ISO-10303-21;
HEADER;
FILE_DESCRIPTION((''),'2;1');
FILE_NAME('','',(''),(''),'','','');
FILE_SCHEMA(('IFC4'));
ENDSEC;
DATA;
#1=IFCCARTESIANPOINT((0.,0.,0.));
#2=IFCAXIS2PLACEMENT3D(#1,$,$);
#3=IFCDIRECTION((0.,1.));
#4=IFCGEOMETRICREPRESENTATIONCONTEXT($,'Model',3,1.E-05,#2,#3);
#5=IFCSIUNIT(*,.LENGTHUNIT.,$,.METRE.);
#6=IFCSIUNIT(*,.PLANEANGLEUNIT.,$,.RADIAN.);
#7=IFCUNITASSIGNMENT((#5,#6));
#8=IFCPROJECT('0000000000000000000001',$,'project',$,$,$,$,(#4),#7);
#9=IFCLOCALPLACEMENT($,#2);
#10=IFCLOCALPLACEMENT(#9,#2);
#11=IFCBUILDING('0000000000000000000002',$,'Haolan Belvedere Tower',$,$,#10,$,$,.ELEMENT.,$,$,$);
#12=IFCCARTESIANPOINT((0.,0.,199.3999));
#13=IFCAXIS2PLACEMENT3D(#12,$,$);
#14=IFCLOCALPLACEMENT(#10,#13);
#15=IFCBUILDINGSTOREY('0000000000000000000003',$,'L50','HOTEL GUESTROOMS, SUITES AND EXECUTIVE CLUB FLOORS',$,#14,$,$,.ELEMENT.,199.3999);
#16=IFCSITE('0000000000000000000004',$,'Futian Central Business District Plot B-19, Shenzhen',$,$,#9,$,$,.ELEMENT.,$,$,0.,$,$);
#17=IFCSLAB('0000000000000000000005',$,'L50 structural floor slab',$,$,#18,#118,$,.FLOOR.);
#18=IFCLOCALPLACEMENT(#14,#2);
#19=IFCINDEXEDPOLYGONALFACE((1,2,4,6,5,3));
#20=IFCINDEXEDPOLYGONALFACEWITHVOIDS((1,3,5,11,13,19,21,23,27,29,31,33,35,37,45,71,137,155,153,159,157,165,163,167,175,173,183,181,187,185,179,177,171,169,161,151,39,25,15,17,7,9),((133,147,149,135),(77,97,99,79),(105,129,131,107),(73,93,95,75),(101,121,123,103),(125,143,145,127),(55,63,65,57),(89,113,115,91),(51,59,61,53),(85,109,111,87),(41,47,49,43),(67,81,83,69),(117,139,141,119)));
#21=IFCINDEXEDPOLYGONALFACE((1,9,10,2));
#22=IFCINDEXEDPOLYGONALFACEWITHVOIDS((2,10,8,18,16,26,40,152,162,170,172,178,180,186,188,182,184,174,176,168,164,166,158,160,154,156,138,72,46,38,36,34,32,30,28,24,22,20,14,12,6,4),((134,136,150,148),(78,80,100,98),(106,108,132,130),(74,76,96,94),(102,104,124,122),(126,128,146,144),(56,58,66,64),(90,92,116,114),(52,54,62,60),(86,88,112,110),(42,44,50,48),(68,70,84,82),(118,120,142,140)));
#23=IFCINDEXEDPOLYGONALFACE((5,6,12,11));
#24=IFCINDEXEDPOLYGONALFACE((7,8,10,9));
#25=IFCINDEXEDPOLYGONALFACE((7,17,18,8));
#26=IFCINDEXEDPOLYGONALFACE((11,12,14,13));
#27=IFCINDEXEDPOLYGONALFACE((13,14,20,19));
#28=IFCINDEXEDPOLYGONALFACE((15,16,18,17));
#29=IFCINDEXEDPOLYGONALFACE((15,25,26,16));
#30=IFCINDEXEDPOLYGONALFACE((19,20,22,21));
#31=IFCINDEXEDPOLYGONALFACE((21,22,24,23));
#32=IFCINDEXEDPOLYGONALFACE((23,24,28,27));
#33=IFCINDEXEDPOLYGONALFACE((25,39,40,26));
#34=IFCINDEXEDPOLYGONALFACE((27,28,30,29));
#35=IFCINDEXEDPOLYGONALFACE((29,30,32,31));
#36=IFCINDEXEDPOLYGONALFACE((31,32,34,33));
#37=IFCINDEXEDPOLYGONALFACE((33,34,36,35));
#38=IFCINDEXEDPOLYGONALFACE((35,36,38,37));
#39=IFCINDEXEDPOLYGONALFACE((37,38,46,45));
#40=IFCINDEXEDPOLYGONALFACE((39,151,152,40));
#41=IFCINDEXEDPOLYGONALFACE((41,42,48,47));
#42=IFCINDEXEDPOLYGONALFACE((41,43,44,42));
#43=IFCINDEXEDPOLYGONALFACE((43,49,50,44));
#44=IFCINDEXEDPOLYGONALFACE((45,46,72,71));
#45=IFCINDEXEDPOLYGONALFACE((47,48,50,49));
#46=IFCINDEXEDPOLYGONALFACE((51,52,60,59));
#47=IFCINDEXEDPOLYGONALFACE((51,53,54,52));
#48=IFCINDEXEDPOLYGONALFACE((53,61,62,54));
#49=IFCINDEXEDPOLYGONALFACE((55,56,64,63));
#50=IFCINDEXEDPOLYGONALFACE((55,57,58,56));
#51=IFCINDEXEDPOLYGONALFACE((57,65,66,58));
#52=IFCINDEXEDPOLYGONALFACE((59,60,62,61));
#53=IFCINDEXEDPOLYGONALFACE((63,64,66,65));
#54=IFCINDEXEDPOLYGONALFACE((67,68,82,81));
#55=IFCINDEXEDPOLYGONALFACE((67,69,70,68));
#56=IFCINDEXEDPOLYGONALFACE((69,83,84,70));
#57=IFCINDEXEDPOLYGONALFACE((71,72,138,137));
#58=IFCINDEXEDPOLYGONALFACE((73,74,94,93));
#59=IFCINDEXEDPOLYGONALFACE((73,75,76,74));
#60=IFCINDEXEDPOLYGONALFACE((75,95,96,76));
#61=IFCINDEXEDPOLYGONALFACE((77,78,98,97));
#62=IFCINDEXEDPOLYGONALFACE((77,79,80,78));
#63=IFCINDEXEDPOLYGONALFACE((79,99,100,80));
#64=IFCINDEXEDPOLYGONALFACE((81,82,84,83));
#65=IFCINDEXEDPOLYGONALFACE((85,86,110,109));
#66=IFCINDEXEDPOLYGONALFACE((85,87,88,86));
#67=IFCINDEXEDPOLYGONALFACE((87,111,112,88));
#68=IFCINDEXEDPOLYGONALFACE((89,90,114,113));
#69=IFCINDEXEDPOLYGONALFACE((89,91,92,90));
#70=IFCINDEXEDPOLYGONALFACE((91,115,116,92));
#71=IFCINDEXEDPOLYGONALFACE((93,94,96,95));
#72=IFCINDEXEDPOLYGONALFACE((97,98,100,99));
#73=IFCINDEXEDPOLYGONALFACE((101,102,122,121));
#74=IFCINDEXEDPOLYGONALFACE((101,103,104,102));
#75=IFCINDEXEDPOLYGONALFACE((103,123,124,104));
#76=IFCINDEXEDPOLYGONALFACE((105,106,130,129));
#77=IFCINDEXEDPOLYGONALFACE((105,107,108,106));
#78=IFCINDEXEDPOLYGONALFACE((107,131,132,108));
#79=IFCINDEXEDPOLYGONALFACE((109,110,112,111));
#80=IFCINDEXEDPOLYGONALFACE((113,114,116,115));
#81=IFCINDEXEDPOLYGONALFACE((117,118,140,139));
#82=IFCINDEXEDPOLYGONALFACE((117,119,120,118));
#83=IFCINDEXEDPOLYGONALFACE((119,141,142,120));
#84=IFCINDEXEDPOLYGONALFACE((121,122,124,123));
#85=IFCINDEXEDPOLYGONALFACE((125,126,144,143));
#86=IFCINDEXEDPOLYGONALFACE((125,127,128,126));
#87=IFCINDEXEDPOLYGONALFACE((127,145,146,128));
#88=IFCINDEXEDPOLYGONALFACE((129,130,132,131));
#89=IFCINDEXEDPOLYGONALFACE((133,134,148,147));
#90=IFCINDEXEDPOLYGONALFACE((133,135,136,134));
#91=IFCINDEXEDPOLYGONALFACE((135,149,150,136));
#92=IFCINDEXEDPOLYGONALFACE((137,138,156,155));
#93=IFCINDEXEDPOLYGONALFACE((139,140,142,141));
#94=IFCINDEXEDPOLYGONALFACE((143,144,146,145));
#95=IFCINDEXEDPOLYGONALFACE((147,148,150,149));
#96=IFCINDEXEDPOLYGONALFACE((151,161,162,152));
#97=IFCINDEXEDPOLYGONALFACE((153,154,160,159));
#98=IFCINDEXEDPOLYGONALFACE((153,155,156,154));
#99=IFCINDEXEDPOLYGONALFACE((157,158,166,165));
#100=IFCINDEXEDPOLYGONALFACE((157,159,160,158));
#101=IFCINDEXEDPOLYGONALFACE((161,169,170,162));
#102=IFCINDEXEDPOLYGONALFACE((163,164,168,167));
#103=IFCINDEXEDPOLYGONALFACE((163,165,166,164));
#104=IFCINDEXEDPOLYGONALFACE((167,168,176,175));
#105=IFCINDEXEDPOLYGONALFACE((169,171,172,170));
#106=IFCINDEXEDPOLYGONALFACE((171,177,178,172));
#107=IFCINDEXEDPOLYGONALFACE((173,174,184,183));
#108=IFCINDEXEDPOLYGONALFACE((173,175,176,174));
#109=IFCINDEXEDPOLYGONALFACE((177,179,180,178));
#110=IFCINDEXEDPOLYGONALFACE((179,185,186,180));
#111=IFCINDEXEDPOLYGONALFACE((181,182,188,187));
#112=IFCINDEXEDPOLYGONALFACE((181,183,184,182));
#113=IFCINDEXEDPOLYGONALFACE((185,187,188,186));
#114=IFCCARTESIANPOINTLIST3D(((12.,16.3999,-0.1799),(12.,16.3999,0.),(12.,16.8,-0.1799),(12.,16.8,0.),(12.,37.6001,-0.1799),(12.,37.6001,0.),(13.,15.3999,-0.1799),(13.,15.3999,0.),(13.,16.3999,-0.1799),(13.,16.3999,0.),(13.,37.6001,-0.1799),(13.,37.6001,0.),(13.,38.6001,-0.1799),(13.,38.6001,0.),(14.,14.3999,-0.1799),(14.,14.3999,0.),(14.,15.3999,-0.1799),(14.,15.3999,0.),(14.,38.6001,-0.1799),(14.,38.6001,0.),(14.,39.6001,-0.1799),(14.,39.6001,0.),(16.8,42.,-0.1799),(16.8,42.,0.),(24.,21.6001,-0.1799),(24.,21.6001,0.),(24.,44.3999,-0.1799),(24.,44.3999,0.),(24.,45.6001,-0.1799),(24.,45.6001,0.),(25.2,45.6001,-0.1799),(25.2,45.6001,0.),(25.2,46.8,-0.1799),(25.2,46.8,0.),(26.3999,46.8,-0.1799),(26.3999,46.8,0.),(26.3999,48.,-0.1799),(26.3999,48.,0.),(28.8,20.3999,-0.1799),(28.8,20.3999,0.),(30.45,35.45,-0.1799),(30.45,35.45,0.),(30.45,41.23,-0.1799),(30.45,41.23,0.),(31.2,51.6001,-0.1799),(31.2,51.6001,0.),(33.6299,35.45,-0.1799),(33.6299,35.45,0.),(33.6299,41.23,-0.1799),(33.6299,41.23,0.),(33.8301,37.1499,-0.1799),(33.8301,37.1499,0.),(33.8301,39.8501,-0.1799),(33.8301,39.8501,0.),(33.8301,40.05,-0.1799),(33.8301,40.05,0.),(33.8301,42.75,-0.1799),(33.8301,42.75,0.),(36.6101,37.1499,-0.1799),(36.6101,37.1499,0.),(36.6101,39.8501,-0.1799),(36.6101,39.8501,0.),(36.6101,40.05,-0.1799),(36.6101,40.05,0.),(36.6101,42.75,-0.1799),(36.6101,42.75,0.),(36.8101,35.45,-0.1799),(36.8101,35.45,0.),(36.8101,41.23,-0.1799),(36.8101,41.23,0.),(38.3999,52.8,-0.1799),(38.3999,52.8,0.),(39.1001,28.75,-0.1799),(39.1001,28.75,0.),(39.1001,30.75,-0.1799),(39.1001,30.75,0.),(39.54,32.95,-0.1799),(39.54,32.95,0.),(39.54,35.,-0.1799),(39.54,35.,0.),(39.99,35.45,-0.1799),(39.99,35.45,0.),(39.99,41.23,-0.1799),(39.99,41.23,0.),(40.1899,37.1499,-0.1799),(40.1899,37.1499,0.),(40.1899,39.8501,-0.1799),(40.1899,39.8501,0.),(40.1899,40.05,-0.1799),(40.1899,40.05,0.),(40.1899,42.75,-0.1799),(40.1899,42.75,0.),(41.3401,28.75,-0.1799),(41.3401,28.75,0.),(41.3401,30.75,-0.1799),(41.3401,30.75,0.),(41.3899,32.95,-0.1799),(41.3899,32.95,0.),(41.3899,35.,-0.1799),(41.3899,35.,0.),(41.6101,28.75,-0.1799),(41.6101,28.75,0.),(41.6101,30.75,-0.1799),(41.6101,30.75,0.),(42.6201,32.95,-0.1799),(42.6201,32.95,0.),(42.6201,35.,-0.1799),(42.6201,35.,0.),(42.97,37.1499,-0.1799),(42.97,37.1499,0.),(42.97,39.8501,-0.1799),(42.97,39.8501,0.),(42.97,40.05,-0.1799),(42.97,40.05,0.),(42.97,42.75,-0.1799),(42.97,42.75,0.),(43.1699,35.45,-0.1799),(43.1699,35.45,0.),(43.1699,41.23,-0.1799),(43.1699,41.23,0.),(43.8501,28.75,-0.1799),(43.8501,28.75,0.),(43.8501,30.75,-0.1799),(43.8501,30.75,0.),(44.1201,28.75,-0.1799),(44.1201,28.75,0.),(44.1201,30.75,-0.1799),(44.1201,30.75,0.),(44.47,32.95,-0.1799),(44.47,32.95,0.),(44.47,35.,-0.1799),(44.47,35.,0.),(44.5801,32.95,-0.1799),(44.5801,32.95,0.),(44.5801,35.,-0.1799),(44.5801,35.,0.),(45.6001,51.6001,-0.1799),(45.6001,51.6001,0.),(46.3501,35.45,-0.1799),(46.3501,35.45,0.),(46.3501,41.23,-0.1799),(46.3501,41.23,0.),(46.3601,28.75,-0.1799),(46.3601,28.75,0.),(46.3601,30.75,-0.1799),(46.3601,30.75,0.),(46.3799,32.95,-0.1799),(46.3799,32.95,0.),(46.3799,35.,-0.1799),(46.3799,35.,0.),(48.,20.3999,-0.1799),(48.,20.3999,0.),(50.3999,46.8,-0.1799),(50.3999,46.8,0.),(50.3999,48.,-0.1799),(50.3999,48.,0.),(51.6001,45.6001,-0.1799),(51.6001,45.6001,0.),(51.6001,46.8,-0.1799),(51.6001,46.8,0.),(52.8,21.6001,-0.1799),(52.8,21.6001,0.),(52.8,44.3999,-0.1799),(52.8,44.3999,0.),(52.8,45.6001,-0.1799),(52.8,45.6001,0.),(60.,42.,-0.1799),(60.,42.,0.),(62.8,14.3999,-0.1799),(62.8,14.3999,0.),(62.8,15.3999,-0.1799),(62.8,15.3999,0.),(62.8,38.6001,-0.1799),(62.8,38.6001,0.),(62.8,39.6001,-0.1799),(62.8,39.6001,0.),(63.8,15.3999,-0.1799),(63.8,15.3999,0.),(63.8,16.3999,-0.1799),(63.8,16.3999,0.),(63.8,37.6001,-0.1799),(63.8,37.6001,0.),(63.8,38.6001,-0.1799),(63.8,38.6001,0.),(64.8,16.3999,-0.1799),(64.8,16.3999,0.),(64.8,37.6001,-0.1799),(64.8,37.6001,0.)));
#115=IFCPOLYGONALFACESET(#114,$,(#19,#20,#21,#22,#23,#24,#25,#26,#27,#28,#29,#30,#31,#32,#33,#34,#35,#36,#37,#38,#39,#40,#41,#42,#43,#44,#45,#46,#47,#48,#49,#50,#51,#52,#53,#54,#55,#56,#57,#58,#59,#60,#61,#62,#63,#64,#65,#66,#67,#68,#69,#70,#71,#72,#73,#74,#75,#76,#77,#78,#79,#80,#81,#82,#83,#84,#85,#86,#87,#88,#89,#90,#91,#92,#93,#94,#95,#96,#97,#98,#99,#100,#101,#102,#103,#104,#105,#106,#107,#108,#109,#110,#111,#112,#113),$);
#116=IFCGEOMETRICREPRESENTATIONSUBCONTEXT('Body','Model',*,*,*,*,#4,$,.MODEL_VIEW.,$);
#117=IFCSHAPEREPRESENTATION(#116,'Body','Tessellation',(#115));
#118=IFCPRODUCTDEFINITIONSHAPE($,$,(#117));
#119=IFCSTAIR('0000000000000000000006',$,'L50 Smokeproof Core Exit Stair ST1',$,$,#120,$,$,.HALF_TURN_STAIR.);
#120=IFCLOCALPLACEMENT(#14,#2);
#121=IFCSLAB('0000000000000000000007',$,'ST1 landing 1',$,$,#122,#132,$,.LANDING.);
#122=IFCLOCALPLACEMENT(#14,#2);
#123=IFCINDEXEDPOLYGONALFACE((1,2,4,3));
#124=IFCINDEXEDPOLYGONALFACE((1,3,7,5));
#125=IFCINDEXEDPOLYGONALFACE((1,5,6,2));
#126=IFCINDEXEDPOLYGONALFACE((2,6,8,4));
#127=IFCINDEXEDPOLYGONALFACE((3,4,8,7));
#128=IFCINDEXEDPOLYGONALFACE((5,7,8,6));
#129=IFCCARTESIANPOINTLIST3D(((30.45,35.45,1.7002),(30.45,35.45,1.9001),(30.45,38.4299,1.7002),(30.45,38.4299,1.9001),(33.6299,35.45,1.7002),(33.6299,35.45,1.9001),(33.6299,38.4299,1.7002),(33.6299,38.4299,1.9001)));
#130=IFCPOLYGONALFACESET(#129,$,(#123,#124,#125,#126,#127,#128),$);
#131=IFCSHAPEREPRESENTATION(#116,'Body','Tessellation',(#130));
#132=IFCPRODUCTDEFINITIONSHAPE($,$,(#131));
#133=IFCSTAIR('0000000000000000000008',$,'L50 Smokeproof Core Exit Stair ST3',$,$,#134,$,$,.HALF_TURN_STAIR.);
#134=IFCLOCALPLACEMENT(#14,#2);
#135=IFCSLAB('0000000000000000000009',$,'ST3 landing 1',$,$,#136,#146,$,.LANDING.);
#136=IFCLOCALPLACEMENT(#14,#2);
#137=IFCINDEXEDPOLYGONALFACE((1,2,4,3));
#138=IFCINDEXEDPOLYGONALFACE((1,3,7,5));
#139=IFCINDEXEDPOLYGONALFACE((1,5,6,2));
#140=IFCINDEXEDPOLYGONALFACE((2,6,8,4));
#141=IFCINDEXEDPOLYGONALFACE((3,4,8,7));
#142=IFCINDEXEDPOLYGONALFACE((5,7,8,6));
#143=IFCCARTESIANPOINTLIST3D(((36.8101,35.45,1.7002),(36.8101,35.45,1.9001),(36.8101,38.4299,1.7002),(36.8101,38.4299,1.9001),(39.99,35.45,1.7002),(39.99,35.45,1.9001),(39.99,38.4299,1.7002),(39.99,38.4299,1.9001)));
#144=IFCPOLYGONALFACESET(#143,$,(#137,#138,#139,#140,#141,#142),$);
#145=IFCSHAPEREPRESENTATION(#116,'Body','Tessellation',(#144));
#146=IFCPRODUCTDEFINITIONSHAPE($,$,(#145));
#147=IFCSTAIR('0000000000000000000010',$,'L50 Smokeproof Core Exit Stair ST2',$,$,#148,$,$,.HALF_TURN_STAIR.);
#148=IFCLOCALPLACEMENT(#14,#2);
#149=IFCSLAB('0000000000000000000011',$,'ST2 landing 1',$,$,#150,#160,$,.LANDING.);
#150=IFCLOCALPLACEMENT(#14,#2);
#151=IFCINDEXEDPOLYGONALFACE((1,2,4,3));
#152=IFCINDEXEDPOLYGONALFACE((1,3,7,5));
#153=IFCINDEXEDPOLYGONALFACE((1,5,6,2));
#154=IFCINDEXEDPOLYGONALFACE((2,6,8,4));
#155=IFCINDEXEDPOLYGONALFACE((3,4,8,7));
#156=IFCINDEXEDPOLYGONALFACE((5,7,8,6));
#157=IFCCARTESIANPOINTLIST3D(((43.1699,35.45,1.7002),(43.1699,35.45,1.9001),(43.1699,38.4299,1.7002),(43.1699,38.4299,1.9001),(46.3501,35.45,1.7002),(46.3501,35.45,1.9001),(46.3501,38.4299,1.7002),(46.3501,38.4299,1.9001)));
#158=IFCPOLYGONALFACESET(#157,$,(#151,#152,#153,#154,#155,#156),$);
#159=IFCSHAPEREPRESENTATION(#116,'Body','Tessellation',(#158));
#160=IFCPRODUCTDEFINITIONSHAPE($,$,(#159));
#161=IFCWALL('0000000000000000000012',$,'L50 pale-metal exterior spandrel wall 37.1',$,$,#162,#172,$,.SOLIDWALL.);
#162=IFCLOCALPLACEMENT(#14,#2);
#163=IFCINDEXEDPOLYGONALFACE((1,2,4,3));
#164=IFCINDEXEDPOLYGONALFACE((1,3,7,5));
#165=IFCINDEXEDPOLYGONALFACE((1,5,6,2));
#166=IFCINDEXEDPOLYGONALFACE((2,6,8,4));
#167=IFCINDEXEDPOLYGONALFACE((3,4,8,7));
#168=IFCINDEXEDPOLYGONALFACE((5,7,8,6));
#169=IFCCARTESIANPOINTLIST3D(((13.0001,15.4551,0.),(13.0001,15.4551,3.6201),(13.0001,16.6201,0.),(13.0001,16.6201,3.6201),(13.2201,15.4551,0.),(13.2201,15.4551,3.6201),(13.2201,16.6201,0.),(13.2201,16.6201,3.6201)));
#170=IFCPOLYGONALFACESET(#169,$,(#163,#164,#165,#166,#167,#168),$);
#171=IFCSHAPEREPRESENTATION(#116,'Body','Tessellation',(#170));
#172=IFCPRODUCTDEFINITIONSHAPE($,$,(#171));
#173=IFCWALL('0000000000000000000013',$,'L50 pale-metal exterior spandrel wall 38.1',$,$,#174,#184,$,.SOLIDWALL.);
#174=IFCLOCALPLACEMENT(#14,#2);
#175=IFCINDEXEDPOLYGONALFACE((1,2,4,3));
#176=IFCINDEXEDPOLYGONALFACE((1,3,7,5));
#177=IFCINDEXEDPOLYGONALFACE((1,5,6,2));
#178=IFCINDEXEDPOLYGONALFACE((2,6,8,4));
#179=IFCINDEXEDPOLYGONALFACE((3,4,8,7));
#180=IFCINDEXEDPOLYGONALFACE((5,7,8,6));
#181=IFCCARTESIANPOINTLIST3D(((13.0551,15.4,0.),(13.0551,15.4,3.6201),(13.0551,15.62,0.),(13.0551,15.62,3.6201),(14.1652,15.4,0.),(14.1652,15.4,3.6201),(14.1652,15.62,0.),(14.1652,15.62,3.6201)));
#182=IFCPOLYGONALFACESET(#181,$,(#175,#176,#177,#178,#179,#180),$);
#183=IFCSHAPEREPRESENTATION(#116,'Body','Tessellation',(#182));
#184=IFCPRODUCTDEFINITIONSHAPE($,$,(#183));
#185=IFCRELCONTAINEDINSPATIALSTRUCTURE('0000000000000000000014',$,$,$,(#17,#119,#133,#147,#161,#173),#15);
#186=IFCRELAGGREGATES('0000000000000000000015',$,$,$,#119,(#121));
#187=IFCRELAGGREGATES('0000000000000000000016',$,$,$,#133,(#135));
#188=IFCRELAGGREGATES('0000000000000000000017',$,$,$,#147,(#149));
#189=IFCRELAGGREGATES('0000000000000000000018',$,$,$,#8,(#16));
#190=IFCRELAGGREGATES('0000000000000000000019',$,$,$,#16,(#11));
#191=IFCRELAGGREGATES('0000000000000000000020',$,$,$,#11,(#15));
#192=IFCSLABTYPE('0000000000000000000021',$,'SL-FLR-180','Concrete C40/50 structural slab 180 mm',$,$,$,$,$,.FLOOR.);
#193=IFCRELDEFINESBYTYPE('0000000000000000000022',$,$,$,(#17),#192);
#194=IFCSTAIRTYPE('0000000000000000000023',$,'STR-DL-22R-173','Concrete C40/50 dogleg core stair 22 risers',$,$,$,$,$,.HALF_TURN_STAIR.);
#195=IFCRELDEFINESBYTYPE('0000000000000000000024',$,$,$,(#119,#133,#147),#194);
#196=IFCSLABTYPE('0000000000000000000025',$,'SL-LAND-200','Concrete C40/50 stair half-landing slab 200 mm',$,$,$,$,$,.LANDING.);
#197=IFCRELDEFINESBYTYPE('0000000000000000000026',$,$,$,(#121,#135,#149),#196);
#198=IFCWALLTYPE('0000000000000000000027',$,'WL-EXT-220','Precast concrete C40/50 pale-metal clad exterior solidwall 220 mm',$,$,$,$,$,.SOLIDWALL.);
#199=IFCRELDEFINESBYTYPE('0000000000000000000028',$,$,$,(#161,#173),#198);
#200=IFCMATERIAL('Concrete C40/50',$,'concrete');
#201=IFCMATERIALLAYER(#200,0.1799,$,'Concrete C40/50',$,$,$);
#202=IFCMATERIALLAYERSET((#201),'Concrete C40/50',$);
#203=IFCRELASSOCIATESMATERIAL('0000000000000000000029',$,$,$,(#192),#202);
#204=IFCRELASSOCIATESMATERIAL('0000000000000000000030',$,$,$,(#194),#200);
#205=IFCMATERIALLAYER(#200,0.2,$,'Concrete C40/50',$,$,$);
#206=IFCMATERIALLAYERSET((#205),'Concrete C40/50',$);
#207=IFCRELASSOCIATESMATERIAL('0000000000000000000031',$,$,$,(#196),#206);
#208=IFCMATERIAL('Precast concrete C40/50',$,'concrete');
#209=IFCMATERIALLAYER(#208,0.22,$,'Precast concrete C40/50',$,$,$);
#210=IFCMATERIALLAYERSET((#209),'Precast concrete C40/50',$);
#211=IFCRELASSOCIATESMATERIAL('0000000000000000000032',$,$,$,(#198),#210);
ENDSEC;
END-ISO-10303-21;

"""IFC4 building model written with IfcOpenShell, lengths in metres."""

from ifc_helpers import new_model, si_unit, direction, frame, frame_2d, origin, place, context, subcontext, project, spatial, polyline, rectangle, outline, extrude, material, layer, layer_set, type_object, element, aggregate, save


model = new_model("IFC4")

# Units and contexts
model_context = context("Model", 3, precision=1e-05, world=origin(), true_north=direction((0.0, 1.0)))
body_context = subcontext(model_context, "Body", "Model", "MODEL_VIEW")
ifc_project = project(units=[si_unit("LENGTHUNIT", "METRE"), si_unit("PLANEANGLEUNIT", "RADIAN")], contexts=[model_context])

# Site, building, storey
site_placement = place(None, origin())
site = spatial("IfcSite", under=ifc_project, at=site_placement, Name="Futian Central Business District Plot B-19, Shenzhen", CompositionType="ELEMENT", RefElevation=0.0)
building_placement = place(site_placement, origin())
building = spatial("IfcBuilding", under=site, at=building_placement, Name="Haolan Belvedere Tower", CompositionType="ELEMENT")
storey_placement = place(building_placement, frame((0.0, 0.0, 199.3999)))
storey = spatial("IfcBuildingStorey", under=building, at=storey_placement, Name="L50", Description="HOTEL GUESTROOMS, SUITES AND EXECUTIVE CLUB FLOORS", CompositionType="ELEMENT", Elevation=199.3999)

# Slab
ifc_material_1 = material(Name="Concrete C40/50", Category="concrete")
ifc_layer_1 = layer(ifc_material_1, 0.1799, Name="Concrete C40/50")
ifc_layer_set_1 = layer_set([ifc_layer_1], Name="Concrete C40/50")
slab_type_1 = type_object("IfcSlabType", Name="SL-FLR-180", Description="Concrete C40/50 structural slab 180 mm", PredefinedType="FLOOR", material=ifc_layer_set_1)
slab_1_placement = place(storey_placement, frame((0.0, 0.0, -0.1799)))
element("IfcSlab", 1, at=slab_1_placement, inside=storey, type_object=slab_type_1, Name="L50 structural floor slab", PredefinedType="FLOOR", context=body_context, shape_type="SweptSolid", body=[
    extrude(outline(polyline([(24.0, 21.6001), (28.8, 20.3999), (48.0, 20.3999), (52.8, 21.6001), (62.8, 14.3999), (62.8, 15.3999), (63.8, 15.3999), (63.8, 16.3999), (64.8, 16.3999), (64.8, 37.6001), (63.8, 37.6001), (63.8, 38.6001), (62.8, 38.6001), (62.8, 39.6001), (60.0, 42.0), (52.8, 44.3999), (52.8, 45.6001), (51.6001, 45.6001), (51.6001, 46.8), (50.3999, 46.8), (50.3999, 48.0), (45.6001, 51.6001), (38.3999, 52.8), (31.2, 51.6001), (26.3999, 48.0), (26.3999, 46.8), (25.2, 46.8), (25.2, 45.6001), (24.0, 45.6001), (24.0, 44.3999), (16.8, 42.0), (14.0, 39.6001), (14.0, 38.6001), (13.0, 38.6001), (13.0, 37.6001), (12.0, 37.6001), (12.0, 16.8), (12.0, 16.3999), (13.0, 16.3999), (13.0, 15.3999), (14.0, 15.3999), (14.0, 14.3999), (24.0, 21.6001)]), holes=[polyline([(30.45, 41.23), (30.45, 35.45), (33.6299, 35.45), (33.6299, 41.23), (30.45, 41.23)]), polyline([(36.8101, 41.23), (36.8101, 35.45), (39.99, 35.45), (39.99, 41.23), (36.8101, 41.23)]), polyline([(43.1699, 41.23), (43.1699, 35.45), (46.3501, 35.45), (46.3501, 41.23), (43.1699, 41.23)]), polyline([(33.8301, 40.05), (36.6101, 40.05), (36.6101, 42.75), (33.8301, 42.75), (33.8301, 40.05)]), polyline([(33.8301, 37.1499), (36.6101, 37.1499), (36.6101, 39.8501), (33.8301, 39.8501), (33.8301, 37.1499)]), polyline([(40.1899, 40.05), (42.97, 40.05), (42.97, 42.75), (40.1899, 42.75), (40.1899, 40.05)]), polyline([(40.1899, 37.1499), (42.97, 37.1499), (42.97, 39.8501), (40.1899, 39.8501), (40.1899, 37.1499)]), polyline([(39.54, 32.95), (41.3899, 32.95), (41.3899, 35.0), (39.54, 35.0), (39.54, 32.95)]), polyline([(42.6201, 32.95), (44.47, 32.95), (44.47, 35.0), (42.6201, 35.0), (42.6201, 32.95)]), polyline([(44.5801, 32.95), (46.3799, 32.95), (46.3799, 35.0), (44.5801, 35.0), (44.5801, 32.95)]), polyline([(39.1001, 28.75), (41.3401, 28.75), (41.3401, 30.75), (39.1001, 30.75), (39.1001, 28.75)]), polyline([(41.6101, 28.75), (43.8501, 28.75), (43.8501, 30.75), (41.6101, 30.75), (41.6101, 28.75)]), polyline([(44.1201, 28.75), (46.3601, 28.75), (46.3601, 30.75), (44.1201, 30.75), (44.1201, 28.75)])]), origin(), (0.0, 0.0, 1.0), 0.1799),
])

# Stairs, slabs
stair_type = type_object("IfcStairType", Name="STR-DL-22R-173", Description="Concrete C40/50 dogleg core stair 22 risers", PredefinedType="HALF_TURN_STAIR", material=ifc_material_1)
stair_1_placement = place(storey_placement, origin())
stair_1 = element("IfcStair", 2, at=stair_1_placement, inside=storey, type_object=stair_type, Name="L50 Smokeproof Core Exit Stair ST1", PredefinedType="HALF_TURN_STAIR")
ifc_layer_2 = layer(ifc_material_1, 0.2, Name="Concrete C40/50")
ifc_layer_set_2 = layer_set([ifc_layer_2], Name="Concrete C40/50")
slab_type_2 = type_object("IfcSlabType", Name="SL-LAND-200", Description="Concrete C40/50 stair half-landing slab 200 mm", PredefinedType="LANDING", material=ifc_layer_set_2)
slab_2_placement = place(storey_placement, frame((0.0, 0.0, 1.7002)))
slab_2 = element("IfcSlab", 3, at=slab_2_placement, type_object=slab_type_2, Name="ST1 landing 1", PredefinedType="LANDING", context=body_context, shape_type="SweptSolid", body=[
    extrude(outline(polyline([(30.45, 38.4299), (30.45, 35.45), (33.6299, 35.45), (33.6299, 38.4299), (30.45, 38.4299)])), origin(), (0.0, 0.0, 1.0), 0.2),
])
aggregate(stair_1, [slab_2])
stair_2_placement = place(storey_placement, origin())
stair_2 = element("IfcStair", 4, at=stair_2_placement, inside=storey, type_object=stair_type, Name="L50 Smokeproof Core Exit Stair ST3", PredefinedType="HALF_TURN_STAIR")
slab_3_placement = place(storey_placement, frame((0.0, 0.0, 1.7002)))
slab_3 = element("IfcSlab", 5, at=slab_3_placement, type_object=slab_type_2, Name="ST3 landing 1", PredefinedType="LANDING", context=body_context, shape_type="SweptSolid", body=[
    extrude(outline(polyline([(36.8101, 38.4299), (36.8101, 35.45), (39.99, 35.45), (39.99, 38.4299), (36.8101, 38.4299)])), origin(), (0.0, 0.0, 1.0), 0.2),
])
aggregate(stair_2, [slab_3])
stair_3_placement = place(storey_placement, origin())
stair_3 = element("IfcStair", 6, at=stair_3_placement, inside=storey, type_object=stair_type, Name="L50 Smokeproof Core Exit Stair ST2", PredefinedType="HALF_TURN_STAIR")
slab_4_placement = place(storey_placement, frame((0.0, 0.0, 1.7002)))
slab_4 = element("IfcSlab", 7, at=slab_4_placement, type_object=slab_type_2, Name="ST2 landing 1", PredefinedType="LANDING", context=body_context, shape_type="SweptSolid", body=[
    extrude(outline(polyline([(43.1699, 38.4299), (43.1699, 35.45), (46.3501, 35.45), (46.3501, 38.4299), (43.1699, 38.4299)])), origin(), (0.0, 0.0, 1.0), 0.2),
])
aggregate(stair_3, [slab_4])

# Walls
ifc_material_2 = material(Name="Precast concrete C40/50", Category="concrete")
ifc_layer_3 = layer(ifc_material_2, 0.22, Name="Precast concrete C40/50")
ifc_layer_set_3 = layer_set([ifc_layer_3], Name="Precast concrete C40/50")
wall_type_1 = type_object("IfcWallType", Name="WL-EXT-220", Description="Precast concrete C40/50 pale-metal clad exterior solidwall 220 mm", PredefinedType="SOLIDWALL", material=ifc_layer_set_3)
wall_1_placement = place(storey_placement, frame((13.1101, 16.6201, 0.0), z_axis=(0.0, 0.0, 1.0), x_axis=(0.0, -1.0, 0.0)))
element("IfcWall", 8, at=wall_1_placement, inside=storey, type_object=wall_type_1, Name="L50 pale-metal exterior spandrel wall 37.1", PredefinedType="SOLIDWALL", context=body_context, shape_type="SweptSolid", body=[
    extrude(rectangle(XDim=1.165, YDim=0.22, at=frame_2d((0.5825, 0.0))), origin(), (0.0, 0.0, 1.0), 3.6201),
])
wall_2_placement = place(storey_placement, frame((13.0549, 15.51, 0.0), z_axis=(0.0, 0.0, 1.0), x_axis=(1.0, 0.0, 0.0)))
element("IfcWall", 9, at=wall_2_placement, inside=storey, type_object=wall_type_1, Name="L50 pale-metal exterior spandrel wall 38.1", PredefinedType="SOLIDWALL", context=body_context, shape_type="SweptSolid", body=[
    extrude(rectangle(XDim=1.1101, YDim=0.22, at=frame_2d((0.5552, 0.0))), origin(), (0.0, 0.0, 1.0), 3.6201),
])

save(model, "model.ifc")
